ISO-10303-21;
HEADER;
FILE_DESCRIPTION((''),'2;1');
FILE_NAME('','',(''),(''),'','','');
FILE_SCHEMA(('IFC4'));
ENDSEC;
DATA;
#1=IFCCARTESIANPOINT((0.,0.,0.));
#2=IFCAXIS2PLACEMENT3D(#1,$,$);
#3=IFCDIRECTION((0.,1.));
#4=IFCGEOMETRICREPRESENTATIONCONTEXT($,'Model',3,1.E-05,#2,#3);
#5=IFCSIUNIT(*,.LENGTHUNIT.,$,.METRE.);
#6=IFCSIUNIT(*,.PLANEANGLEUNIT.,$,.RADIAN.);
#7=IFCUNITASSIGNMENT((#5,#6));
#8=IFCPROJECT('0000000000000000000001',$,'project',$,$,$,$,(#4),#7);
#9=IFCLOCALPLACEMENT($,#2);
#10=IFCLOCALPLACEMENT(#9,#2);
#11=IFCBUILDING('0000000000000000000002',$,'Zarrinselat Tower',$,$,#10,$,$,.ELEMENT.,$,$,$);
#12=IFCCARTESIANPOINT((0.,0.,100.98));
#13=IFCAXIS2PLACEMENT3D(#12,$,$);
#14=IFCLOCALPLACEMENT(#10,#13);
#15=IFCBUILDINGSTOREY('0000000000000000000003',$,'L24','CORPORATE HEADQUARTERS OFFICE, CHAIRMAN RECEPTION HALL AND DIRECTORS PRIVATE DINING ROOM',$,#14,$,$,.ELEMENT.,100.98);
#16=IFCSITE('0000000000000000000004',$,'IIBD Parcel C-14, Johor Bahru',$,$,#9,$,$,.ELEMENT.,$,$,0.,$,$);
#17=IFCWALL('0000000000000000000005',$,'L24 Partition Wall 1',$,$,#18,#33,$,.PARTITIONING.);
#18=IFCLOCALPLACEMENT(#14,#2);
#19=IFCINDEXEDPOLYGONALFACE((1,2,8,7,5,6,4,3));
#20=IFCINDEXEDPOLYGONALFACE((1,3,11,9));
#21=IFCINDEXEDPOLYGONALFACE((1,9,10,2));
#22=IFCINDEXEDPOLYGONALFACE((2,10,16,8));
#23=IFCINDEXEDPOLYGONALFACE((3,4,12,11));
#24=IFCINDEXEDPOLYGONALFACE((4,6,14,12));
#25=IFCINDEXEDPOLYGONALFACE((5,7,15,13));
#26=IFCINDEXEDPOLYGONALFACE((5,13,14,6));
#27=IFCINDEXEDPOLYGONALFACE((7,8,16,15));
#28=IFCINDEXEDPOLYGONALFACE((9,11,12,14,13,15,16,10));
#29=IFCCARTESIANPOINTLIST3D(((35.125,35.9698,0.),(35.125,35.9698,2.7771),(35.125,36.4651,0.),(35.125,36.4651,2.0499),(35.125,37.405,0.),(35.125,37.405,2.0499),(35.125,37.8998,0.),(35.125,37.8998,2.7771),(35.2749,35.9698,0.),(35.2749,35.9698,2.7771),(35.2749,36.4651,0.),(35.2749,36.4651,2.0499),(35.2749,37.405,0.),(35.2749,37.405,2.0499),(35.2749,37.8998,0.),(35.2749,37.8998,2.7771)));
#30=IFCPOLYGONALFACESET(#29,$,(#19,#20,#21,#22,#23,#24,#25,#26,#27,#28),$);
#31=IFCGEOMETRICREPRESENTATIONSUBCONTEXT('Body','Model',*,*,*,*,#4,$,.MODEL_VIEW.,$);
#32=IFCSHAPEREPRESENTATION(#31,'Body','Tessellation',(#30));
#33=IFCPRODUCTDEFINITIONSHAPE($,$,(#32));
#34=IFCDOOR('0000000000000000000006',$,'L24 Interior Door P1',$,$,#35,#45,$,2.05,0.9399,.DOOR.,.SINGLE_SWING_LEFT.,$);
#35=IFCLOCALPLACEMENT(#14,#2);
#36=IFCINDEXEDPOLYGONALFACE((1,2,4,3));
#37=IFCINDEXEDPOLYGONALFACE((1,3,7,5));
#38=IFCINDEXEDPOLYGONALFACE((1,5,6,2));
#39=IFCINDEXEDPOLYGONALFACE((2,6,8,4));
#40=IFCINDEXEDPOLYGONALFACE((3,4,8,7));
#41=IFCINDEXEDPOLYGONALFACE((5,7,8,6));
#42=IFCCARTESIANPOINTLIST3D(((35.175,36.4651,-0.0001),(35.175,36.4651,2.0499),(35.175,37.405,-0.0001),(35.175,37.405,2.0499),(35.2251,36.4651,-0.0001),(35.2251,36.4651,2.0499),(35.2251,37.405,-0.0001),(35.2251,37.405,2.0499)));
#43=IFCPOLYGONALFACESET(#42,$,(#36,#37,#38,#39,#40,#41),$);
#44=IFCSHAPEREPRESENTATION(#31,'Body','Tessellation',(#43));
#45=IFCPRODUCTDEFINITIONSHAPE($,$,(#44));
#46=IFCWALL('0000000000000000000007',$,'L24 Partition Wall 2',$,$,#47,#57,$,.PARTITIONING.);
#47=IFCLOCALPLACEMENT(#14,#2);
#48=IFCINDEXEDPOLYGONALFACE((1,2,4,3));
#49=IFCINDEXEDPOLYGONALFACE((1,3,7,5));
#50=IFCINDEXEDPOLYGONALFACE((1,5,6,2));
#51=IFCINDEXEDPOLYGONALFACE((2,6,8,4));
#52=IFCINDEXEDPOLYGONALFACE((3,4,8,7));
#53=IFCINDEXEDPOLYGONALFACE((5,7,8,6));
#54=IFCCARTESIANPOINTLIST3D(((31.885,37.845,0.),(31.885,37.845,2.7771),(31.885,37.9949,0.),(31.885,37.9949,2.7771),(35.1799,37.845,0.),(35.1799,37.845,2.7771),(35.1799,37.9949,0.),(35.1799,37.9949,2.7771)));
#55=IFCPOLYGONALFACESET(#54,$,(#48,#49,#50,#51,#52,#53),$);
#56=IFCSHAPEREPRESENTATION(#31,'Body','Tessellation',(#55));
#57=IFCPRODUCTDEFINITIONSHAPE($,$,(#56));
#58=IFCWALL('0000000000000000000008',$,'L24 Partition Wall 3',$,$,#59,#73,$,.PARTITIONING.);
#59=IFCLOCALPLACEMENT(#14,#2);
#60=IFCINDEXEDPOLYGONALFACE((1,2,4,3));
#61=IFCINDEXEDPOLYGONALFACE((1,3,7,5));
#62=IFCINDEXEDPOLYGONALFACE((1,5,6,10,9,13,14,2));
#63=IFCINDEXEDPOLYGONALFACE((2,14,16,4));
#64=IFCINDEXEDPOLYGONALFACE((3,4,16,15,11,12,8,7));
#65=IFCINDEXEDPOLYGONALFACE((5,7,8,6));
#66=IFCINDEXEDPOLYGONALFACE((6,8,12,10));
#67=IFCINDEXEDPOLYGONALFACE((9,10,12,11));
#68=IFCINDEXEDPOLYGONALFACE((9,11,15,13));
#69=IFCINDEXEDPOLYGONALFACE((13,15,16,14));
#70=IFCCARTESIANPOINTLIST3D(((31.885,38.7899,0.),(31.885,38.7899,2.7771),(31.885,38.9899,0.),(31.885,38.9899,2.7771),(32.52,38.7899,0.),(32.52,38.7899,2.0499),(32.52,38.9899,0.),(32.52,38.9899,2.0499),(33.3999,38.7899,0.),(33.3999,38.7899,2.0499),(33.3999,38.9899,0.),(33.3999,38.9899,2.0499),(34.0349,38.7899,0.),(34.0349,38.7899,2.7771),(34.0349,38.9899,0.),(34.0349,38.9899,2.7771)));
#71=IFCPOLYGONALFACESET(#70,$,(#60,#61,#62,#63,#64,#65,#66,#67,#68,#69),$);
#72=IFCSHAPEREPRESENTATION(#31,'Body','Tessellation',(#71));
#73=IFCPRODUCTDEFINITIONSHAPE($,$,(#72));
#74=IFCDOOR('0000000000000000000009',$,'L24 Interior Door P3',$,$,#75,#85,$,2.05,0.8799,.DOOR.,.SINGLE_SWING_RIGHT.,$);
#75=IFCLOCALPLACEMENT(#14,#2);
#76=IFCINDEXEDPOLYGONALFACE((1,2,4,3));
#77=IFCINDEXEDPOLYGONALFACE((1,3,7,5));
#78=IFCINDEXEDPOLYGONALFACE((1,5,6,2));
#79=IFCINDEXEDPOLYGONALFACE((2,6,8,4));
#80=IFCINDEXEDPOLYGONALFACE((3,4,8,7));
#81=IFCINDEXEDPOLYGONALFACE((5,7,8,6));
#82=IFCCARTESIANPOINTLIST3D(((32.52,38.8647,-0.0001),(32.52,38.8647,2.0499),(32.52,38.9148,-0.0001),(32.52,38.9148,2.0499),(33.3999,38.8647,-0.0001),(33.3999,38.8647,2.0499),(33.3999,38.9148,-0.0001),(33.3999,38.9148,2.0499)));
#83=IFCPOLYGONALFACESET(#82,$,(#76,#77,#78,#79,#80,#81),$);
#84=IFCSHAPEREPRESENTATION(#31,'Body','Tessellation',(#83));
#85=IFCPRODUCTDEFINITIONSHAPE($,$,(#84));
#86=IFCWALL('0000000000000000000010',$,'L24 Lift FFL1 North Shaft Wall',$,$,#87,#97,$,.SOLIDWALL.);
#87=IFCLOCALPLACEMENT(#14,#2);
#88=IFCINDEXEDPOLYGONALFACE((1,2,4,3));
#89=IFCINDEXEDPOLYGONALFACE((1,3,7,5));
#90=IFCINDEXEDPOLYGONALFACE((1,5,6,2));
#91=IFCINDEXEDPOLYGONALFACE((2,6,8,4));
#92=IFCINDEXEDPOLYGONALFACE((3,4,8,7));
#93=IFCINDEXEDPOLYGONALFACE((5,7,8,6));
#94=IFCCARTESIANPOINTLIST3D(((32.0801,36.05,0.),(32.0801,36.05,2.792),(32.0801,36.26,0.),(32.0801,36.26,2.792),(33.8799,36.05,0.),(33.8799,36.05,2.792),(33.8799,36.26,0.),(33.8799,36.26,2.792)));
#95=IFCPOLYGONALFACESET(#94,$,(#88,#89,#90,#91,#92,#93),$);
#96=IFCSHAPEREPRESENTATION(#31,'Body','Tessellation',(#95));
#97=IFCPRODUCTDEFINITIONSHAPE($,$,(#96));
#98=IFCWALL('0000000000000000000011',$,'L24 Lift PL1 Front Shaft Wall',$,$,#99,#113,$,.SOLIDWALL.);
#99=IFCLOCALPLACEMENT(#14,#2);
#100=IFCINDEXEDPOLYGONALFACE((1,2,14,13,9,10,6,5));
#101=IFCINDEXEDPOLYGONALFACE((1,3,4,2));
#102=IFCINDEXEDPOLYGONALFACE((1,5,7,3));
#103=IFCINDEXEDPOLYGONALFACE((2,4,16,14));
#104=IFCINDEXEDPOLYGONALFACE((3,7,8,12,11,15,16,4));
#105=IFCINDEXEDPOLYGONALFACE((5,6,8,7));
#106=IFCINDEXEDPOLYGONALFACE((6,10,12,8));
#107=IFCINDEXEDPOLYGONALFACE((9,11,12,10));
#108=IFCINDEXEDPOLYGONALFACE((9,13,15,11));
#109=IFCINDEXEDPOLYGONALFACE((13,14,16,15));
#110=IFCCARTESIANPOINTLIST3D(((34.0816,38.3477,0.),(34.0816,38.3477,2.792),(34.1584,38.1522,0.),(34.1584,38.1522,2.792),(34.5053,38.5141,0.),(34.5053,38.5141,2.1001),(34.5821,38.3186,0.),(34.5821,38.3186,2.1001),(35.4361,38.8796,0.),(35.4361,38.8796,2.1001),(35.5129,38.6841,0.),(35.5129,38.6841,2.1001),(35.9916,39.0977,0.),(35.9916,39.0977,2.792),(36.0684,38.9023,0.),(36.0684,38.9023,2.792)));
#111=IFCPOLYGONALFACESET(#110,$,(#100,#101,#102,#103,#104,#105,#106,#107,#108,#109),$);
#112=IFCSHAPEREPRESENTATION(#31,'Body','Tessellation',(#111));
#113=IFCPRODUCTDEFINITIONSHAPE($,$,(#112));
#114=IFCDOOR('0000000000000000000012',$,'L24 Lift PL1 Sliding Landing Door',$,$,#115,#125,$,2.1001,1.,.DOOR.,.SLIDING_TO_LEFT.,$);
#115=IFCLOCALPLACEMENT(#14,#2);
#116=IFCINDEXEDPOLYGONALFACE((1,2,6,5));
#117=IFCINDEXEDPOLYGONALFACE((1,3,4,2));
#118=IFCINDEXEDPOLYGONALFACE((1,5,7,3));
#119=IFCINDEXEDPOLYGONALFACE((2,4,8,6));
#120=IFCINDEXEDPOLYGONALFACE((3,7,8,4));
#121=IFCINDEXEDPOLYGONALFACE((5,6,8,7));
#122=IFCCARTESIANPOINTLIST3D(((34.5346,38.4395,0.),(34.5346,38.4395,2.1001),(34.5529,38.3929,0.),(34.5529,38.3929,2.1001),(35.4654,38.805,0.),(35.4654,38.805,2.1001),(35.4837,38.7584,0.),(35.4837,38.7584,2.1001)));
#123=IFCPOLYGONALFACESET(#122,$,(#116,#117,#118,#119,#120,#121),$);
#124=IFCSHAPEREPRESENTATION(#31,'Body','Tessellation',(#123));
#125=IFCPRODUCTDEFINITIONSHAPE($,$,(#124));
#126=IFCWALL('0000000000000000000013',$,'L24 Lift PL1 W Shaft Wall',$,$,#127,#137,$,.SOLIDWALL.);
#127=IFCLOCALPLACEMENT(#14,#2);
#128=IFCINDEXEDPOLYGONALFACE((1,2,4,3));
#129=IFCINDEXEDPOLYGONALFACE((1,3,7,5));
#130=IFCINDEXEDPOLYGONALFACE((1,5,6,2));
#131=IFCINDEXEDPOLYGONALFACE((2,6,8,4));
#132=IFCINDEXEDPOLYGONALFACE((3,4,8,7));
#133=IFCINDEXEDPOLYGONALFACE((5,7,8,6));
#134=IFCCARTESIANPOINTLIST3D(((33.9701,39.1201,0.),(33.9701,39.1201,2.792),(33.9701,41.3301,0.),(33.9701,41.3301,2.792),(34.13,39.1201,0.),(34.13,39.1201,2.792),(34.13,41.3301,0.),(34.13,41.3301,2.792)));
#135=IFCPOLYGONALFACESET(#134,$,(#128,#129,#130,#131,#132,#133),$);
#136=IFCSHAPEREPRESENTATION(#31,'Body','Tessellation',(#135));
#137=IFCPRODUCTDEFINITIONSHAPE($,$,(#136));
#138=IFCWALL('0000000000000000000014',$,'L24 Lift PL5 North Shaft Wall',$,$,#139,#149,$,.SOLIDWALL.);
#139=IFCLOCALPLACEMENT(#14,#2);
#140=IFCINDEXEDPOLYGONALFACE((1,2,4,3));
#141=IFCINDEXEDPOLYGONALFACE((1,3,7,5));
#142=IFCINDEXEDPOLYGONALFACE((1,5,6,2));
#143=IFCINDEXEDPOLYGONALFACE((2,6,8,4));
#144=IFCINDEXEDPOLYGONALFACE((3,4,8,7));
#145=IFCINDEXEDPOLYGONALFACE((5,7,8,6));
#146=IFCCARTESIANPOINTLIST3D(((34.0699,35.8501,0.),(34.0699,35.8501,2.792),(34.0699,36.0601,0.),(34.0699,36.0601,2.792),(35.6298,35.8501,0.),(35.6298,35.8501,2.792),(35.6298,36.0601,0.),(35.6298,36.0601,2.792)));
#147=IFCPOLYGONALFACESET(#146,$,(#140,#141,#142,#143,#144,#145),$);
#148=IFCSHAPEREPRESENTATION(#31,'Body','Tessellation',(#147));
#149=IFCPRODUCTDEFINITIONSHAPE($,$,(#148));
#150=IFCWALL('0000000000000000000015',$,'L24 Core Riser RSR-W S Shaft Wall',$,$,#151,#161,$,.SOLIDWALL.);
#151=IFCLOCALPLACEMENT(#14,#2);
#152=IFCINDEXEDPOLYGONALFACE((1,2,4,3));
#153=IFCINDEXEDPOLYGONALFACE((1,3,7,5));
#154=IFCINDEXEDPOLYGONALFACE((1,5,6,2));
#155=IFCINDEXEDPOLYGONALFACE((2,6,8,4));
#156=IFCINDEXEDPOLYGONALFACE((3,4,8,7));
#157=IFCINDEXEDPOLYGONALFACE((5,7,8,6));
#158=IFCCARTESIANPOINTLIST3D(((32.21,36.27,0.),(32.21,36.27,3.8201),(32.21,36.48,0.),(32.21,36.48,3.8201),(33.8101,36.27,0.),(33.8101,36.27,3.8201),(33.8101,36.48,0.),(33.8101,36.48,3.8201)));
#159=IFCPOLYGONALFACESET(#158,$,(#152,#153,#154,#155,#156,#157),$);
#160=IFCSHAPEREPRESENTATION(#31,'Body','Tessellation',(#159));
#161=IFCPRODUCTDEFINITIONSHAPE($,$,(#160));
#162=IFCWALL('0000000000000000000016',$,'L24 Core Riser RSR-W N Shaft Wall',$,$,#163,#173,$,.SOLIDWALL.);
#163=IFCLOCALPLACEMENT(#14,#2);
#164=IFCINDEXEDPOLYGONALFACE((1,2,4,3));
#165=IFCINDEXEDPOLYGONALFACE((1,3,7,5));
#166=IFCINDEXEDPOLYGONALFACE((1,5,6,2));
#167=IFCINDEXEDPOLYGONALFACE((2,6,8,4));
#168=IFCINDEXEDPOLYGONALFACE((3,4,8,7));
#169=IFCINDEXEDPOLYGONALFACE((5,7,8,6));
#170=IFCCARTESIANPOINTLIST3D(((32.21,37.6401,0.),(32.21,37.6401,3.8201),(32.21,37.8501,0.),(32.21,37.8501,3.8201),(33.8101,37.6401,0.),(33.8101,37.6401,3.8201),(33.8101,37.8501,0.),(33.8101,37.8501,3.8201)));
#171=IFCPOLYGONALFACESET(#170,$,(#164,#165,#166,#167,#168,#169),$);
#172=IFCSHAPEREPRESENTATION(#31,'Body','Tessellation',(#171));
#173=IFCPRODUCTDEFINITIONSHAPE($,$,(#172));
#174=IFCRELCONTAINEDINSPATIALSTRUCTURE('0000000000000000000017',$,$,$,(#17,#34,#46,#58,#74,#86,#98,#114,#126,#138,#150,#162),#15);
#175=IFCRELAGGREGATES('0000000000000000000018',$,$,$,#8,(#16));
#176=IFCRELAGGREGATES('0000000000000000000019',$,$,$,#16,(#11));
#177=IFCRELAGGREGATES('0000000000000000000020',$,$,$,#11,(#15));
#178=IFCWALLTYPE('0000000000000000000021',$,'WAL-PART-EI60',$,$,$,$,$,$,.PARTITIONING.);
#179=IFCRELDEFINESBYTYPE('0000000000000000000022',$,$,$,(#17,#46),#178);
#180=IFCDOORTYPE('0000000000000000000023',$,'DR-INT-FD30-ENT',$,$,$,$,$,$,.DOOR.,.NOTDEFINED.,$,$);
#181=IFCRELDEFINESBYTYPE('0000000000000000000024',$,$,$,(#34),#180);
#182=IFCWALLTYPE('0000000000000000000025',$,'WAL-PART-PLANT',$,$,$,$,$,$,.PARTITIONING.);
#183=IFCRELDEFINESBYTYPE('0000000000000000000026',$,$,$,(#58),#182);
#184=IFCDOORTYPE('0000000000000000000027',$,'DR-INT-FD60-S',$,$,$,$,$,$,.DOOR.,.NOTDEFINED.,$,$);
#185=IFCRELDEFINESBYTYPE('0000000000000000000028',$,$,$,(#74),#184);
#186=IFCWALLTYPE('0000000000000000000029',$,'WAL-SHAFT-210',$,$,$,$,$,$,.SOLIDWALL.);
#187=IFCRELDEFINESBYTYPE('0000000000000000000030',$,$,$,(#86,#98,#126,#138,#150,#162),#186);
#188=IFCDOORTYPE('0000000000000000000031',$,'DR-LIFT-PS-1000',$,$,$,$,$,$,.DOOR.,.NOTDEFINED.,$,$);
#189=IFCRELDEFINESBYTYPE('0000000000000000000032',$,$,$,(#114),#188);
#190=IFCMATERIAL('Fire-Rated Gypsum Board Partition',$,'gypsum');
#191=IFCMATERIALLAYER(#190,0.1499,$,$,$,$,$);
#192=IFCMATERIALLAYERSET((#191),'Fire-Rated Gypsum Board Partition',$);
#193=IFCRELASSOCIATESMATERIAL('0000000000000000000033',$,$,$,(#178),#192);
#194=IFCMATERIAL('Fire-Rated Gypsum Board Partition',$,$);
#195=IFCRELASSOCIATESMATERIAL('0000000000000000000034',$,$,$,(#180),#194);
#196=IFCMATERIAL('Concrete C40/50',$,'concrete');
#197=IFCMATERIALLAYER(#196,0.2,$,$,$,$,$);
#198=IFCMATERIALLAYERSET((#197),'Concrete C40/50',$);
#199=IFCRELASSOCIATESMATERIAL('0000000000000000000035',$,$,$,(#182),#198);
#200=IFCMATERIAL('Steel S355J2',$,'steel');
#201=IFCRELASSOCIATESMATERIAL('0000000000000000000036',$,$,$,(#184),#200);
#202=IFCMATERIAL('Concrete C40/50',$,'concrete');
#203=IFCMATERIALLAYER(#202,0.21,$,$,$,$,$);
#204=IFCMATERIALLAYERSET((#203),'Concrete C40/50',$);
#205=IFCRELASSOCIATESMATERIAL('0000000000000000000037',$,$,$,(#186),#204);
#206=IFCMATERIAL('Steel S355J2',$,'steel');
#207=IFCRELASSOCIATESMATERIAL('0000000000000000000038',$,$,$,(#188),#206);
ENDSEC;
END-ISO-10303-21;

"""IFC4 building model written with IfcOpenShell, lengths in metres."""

from ifc_helpers import new_model, si_unit, direction, frame, frame_2d, origin, place, context, subcontext, project, spatial, rectangle, extrude, material, layer, layer_set, type_object, element, fill, save


model = new_model("IFC4")

# Units and contexts
model_context = context("Model", 3, precision=1e-05, world=origin(), true_north=direction((0.0, 1.0)))
body_context = subcontext(model_context, "Body", "Model", "MODEL_VIEW")
ifc_project = project(units=[si_unit("LENGTHUNIT", "METRE"), si_unit("PLANEANGLEUNIT", "RADIAN")], contexts=[model_context])

# Site, building, storey
site_placement = place(None, origin())
site = spatial("IfcSite", under=ifc_project, at=site_placement, Name="IIBD Parcel C-14, Johor Bahru", CompositionType="ELEMENT", RefElevation=0.0)
building_placement = place(site_placement, origin())
building = spatial("IfcBuilding", under=site, at=building_placement, Name="Zarrinselat Tower", CompositionType="ELEMENT")
storey_placement = place(building_placement, frame((0.0, 0.0, 100.98)))
storey = spatial("IfcBuildingStorey", under=building, at=storey_placement, Name="L24", Description="CORPORATE HEADQUARTERS OFFICE, CHAIRMAN RECEPTION HALL AND DIRECTORS PRIVATE DINING ROOM", CompositionType="ELEMENT", Elevation=100.98)

# Wall, opening, door
ifc_material_1 = material(Name="Fire-Rated Gypsum Board Partition", Category="gypsum")
ifc_layer_1 = layer(ifc_material_1, 0.1499)
ifc_layer_set_1 = layer_set([ifc_layer_1], Name="Fire-Rated Gypsum Board Partition")
wall_type_1 = type_object("IfcWallType", Name="WAL-PART-EI60", PredefinedType="PARTITIONING", material=ifc_layer_set_1)
wall_1_placement = place(storey_placement, frame((35.2, 35.97, 0.0), z_axis=(0.0, 0.0, 1.0), x_axis=(0.0, 1.0, 0.0)))
wall_1 = element("IfcWall", 1, at=wall_1_placement, inside=storey, type_object=wall_type_1, Name="L24 Partition Wall 1", PredefinedType="PARTITIONING", context=body_context, shape_type="SweptSolid", body=[
    extrude(rectangle(XDim=1.9299, YDim=0.1499, at=frame_2d((0.9648, 0.0))), origin(), (0.0, 0.0, 1.0), 2.7771),
])
opening_1_placement = place(wall_1_placement, frame((0.4951, 0.0, 0.0)))
opening_1 = element("IfcOpeningElement", 2, at=opening_1_placement, cuts=wall_1, PredefinedType="OPENING", context=body_context, shape_type="SweptSolid", body=[
    extrude(rectangle(XDim=0.9399, YDim=2.05, at=frame_2d((0.47, 1.0249))), frame((0.0, 0.085, 0.0), z_axis=(0.0, -1.0, 0.0), x_axis=(1.0, 0.0, 0.0)), (0.0, 0.0, 1.0), 0.1699),
])
ifc_material_2 = material(Name="Fire-Rated Gypsum Board Partition")
door_type_1 = type_object("IfcDoorType", Name="DR-INT-FD30-ENT", OperationType="NOTDEFINED", PredefinedType="DOOR", material=ifc_material_2)
door_1_placement = place(opening_1_placement, origin())
door_1 = element("IfcDoor", 3, at=door_1_placement, inside=storey, type_object=door_type_1, Name="L24 Interior Door P1", OperationType="SINGLE_SWING_LEFT", OverallHeight=2.05, OverallWidth=0.9399, PredefinedType="DOOR", context=body_context, shape_type="SweptSolid", body=[
    extrude(rectangle(XDim=0.9399, YDim=2.05, at=frame_2d((0.47, 1.0249))), frame((0.0, 0.0249, 0.0), z_axis=(0.0, -1.0, 0.0), x_axis=(1.0, 0.0, 0.0)), (0.0, 0.0, 1.0), 0.05),
])
fill(opening_1, door_1)

# Wall
wall_2_placement = place(storey_placement, frame((31.885, 37.9199, 0.0), z_axis=(0.0, 0.0, 1.0), x_axis=(1.0, 0.0, 0.0)))
element("IfcWall", 4, at=wall_2_placement, inside=storey, type_object=wall_type_1, Name="L24 Partition Wall 2", PredefinedType="PARTITIONING", context=body_context, shape_type="SweptSolid", body=[
    extrude(rectangle(XDim=3.2949, YDim=0.1499, at=frame_2d((1.6475, 0.0))), origin(), (0.0, 0.0, 1.0), 2.7771),
])

# Wall, opening, door
ifc_material_3 = material(Name="Concrete C40/50", Category="concrete")
ifc_layer_2 = layer(ifc_material_3, 0.2)
ifc_layer_set_2 = layer_set([ifc_layer_2], Name="Concrete C40/50")
wall_type_2 = type_object("IfcWallType", Name="WAL-PART-PLANT", PredefinedType="PARTITIONING", material=ifc_layer_set_2)
wall_3_placement = place(storey_placement, frame((31.885, 38.8899, 0.0), z_axis=(0.0, 0.0, 1.0), x_axis=(1.0, 0.0, 0.0)))
wall_3 = element("IfcWall", 5, at=wall_3_placement, inside=storey, type_object=wall_type_2, Name="L24 Partition Wall 3", PredefinedType="PARTITIONING", context=body_context, shape_type="SweptSolid", body=[
    extrude(rectangle(XDim=2.1499, YDim=0.2, at=frame_2d((1.075, 0.0))), origin(), (0.0, 0.0, 1.0), 2.7771),
])
opening_2_placement = place(wall_3_placement, frame((0.635, 0.0, 0.0)))
opening_2 = element("IfcOpeningElement", 6, at=opening_2_placement, cuts=wall_3, PredefinedType="OPENING", context=body_context, shape_type="SweptSolid", body=[
    extrude(rectangle(XDim=0.8799, YDim=2.05, at=frame_2d((0.4399, 1.0249))), frame((0.0, 0.1099, 0.0), z_axis=(0.0, -1.0, 0.0), x_axis=(1.0, 0.0, 0.0)), (0.0, 0.0, 1.0), 0.22),
])
ifc_material_4 = material(Name="Steel S355J2", Category="steel")
door_type_2 = type_object("IfcDoorType", Name="DR-INT-FD60-S", OperationType="NOTDEFINED", PredefinedType="DOOR", material=ifc_material_4)
door_2_placement = place(opening_2_placement, origin())
door_2 = element("IfcDoor", 7, at=door_2_placement, inside=storey, type_object=door_type_2, Name="L24 Interior Door P3", OperationType="SINGLE_SWING_RIGHT", OverallHeight=2.05, OverallWidth=0.8799, PredefinedType="DOOR", context=body_context, shape_type="SweptSolid", body=[
    extrude(rectangle(XDim=0.8799, YDim=2.05, at=frame_2d((0.4399, 1.0249))), frame((0.0, 0.0249, 0.0), z_axis=(0.0, -1.0, 0.0), x_axis=(1.0, 0.0, 0.0)), (0.0, 0.0, 1.0), 0.05),
])
fill(opening_2, door_2)

# Wall
ifc_material_5 = material(Name="Concrete C40/50", Category="concrete")
ifc_layer_3 = layer(ifc_material_5, 0.21)
ifc_layer_set_3 = layer_set([ifc_layer_3], Name="Concrete C40/50")
wall_type_3 = type_object("IfcWallType", Name="WAL-SHAFT-210", PredefinedType="SOLIDWALL", material=ifc_layer_set_3)
wall_4_placement = place(storey_placement, frame((32.0801, 36.155, 0.0), z_axis=(0.0, 0.0, 1.0), x_axis=(1.0, 0.0, 0.0)))
element("IfcWall", 8, at=wall_4_placement, inside=storey, type_object=wall_type_3, Name="L24 Lift FFL1 North Shaft Wall", PredefinedType="SOLIDWALL", context=body_context, shape_type="SweptSolid", body=[
    extrude(rectangle(XDim=1.7998, YDim=0.21, at=frame_2d((0.8999, 0.0))), origin(), (0.0, 0.0, 1.0), 2.792),
])

# Wall, opening, door
wall_5_placement = place(storey_placement, frame((34.1201, 38.25, 0.0), z_axis=(0.0, 0.0, 1.0), x_axis=(0.930805, 0.365516, 0.0)))
wall_5 = element("IfcWall", 9, at=wall_5_placement, inside=storey, type_object=wall_type_3, Name="L24 Lift PL1 Front Shaft Wall", PredefinedType="SOLIDWALL", context=body_context, shape_type="SweptSolid", body=[
    extrude(rectangle(XDim=2.052, YDim=0.21, at=frame_2d((1.0259, 0.0))), origin(), (0.0, 0.0, 1.0), 2.792),
])
opening_3_placement = place(wall_5_placement, frame((0.4551, 0.0, 0.0)))
opening_3 = element("IfcOpeningElement", 10, at=opening_3_placement, cuts=wall_5, PredefinedType="OPENING", context=body_context, shape_type="SweptSolid", body=[
    extrude(rectangle(XDim=1.0, YDim=2.1001, at=frame_2d((0.5, 1.05))), frame((0.0, 0.115, 0.0), z_axis=(0.0, -1.0, 0.0), x_axis=(1.0, 0.0, 0.0)), (0.0, 0.0, 1.0), 0.23),
])
ifc_material_6 = material(Name="Steel S355J2", Category="steel")
door_type_3 = type_object("IfcDoorType", Name="DR-LIFT-PS-1000", OperationType="NOTDEFINED", PredefinedType="DOOR", material=ifc_material_6)
door_3_placement = place(opening_3_placement, origin())
door_3 = element("IfcDoor", 11, at=door_3_placement, inside=storey, type_object=door_type_3, Name="L24 Lift PL1 Sliding Landing Door", OperationType="SLIDING_TO_LEFT", OverallHeight=2.1001, OverallWidth=1.0, PredefinedType="DOOR", context=body_context, shape_type="SweptSolid", body=[
    extrude(rectangle(XDim=1.0, YDim=2.1001, at=frame_2d((0.5, 1.05))), frame((0.0, 0.0249, 0.0), z_axis=(0.0, -1.0, 0.0), x_axis=(1.0, 0.0, 0.0)), (0.0, 0.0, 1.0), 0.05),
])
fill(opening_3, door_3)

# Walls
wall_6_placement = place(storey_placement, frame((34.05, 39.1201, 0.0), z_axis=(0.0, 0.0, 1.0), x_axis=(0.0, 1.0, 0.0)))
element("IfcWall", 12, at=wall_6_placement, inside=storey, type_object=wall_type_3, Name="L24 Lift PL1 W Shaft Wall", PredefinedType="SOLIDWALL", context=body_context, shape_type="SweptSolid", body=[
    extrude(rectangle(XDim=2.21, YDim=0.1599, at=frame_2d((1.105, 0.0))), origin(), (0.0, 0.0, 1.0), 2.792),
])
wall_7_placement = place(storey_placement, frame((34.0701, 35.9551, 0.0), z_axis=(0.0, 0.0, 1.0), x_axis=(1.0, 0.0, 0.0)))
element("IfcWall", 13, at=wall_7_placement, inside=storey, type_object=wall_type_3, Name="L24 Lift PL5 North Shaft Wall", PredefinedType="SOLIDWALL", context=body_context, shape_type="SweptSolid", body=[
    extrude(rectangle(XDim=1.5598, YDim=0.21, at=frame_2d((0.7798, 0.0))), origin(), (0.0, 0.0, 1.0), 2.792),
])
for number, where, z_axis, x_axis, name in (
    (14, (32.21, 36.375, 0.0), (0.0, 0.0, 1.0), (1.0, 0.0, 0.0), "L24 Core Riser RSR-W S Shaft Wall"),
    (15, (32.21, 37.7451, 0.0), (0.0, 0.0, 1.0), (1.0, 0.0, 0.0), "L24 Core Riser RSR-W N Shaft Wall"),
):
    element("IfcWall", number, at=place(storey_placement, frame(where, z_axis=z_axis, x_axis=x_axis)), inside=storey, type_object=wall_type_3, Name=name, PredefinedType="SOLIDWALL", context=body_context, shape_type="SweptSolid", body=[
        extrude(rectangle(XDim=1.6001, YDim=0.21, at=frame_2d((0.8, 0.0))), origin(), (0.0, 0.0, 1.0), 3.8201),
    ])

save(model, "model.ifc")
